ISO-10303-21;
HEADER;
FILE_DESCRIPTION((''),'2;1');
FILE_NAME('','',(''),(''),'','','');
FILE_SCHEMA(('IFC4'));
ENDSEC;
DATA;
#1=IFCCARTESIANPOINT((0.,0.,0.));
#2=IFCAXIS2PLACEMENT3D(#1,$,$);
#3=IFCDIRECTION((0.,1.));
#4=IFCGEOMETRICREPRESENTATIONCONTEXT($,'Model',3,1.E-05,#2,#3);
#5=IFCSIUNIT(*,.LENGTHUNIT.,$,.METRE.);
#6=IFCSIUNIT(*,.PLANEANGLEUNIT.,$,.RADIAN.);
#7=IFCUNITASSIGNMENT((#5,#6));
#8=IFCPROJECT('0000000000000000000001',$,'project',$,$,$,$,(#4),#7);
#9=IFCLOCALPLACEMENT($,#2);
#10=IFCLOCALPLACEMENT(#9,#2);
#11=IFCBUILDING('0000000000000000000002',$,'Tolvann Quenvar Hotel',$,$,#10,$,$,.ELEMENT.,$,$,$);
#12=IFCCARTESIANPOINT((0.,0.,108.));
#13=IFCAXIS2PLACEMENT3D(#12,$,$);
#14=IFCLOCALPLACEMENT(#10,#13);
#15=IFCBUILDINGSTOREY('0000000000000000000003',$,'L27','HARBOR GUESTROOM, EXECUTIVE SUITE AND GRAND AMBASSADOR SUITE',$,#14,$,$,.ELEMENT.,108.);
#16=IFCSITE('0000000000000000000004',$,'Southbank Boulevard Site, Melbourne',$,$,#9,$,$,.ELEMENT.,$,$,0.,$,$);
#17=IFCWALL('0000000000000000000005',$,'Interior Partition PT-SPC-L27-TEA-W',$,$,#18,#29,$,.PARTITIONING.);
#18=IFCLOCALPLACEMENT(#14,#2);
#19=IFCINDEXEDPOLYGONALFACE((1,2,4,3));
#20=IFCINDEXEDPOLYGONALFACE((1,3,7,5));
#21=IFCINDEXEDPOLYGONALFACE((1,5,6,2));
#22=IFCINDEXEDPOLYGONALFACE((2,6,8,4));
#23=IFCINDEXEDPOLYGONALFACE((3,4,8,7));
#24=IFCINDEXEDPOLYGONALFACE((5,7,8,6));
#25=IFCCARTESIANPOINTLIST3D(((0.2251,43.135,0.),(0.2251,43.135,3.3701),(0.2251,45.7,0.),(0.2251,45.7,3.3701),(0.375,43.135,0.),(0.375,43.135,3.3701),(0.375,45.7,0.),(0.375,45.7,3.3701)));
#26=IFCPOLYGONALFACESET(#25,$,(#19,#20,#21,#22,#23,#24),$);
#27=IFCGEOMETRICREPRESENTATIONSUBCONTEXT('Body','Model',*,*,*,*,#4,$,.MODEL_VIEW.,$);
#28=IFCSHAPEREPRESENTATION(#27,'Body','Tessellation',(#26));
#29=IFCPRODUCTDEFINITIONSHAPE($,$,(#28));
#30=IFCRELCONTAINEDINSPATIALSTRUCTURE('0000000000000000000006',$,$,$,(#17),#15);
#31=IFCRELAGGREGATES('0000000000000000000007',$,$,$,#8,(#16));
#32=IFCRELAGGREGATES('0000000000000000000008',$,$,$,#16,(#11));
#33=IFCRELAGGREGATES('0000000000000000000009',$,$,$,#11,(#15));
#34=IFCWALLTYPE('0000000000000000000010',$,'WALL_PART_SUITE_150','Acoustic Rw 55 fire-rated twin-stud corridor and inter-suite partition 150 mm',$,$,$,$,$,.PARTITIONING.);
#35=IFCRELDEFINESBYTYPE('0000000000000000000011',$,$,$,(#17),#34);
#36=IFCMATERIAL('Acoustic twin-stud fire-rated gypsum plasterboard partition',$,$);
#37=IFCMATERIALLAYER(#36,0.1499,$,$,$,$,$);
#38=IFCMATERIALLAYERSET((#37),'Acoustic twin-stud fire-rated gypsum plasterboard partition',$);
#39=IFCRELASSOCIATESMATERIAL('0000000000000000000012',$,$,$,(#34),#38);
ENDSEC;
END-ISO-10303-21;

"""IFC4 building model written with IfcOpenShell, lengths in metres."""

from ifc_helpers import new_model, si_unit, direction, frame, frame_2d, origin, place, context, subcontext, project, spatial, rectangle, extrude, material, layer, layer_set, type_object, element, save


model = new_model("IFC4")

# Units and contexts
model_context = context("Model", 3, precision=1e-05, world=origin(), true_north=direction((0.0, 1.0)))
body_context = subcontext(model_context, "Body", "Model", "MODEL_VIEW")
ifc_project = project(units=[si_unit("LENGTHUNIT", "METRE"), si_unit("PLANEANGLEUNIT", "RADIAN")], contexts=[model_context])

# Site, building, storey
site_placement = place(None, origin())
site = spatial("IfcSite", under=ifc_project, at=site_placement, Name="Southbank Boulevard Site, Melbourne", CompositionType="ELEMENT", RefElevation=0.0)
building_placement = place(site_placement, origin())
building = spatial("IfcBuilding", under=site, at=building_placement, Name="Tolvann Quenvar Hotel", CompositionType="ELEMENT")
storey_placement = place(building_placement, frame((0.0, 0.0, 108.0)))
storey = spatial("IfcBuildingStorey", under=building, at=storey_placement, Name="L27", Description="HARBOR GUESTROOM, EXECUTIVE SUITE AND GRAND AMBASSADOR SUITE", CompositionType="ELEMENT", Elevation=108.0)

# Wall
ifc_material_1 = material(Name="Acoustic twin-stud fire-rated gypsum plasterboard partition")
ifc_layer_1 = layer(ifc_material_1, 0.1499)
ifc_layer_set_1 = layer_set([ifc_layer_1], Name="Acoustic twin-stud fire-rated gypsum plasterboard partition")
wall_type_1 = type_object("IfcWallType", Name="WALL_PART_SUITE_150", Description="Acoustic Rw 55 fire-rated twin-stud corridor and inter-suite partition 150 mm", PredefinedType="PARTITIONING", material=ifc_layer_set_1)
for number, where, z_axis, x_axis, name in (
    (1, (0.3, 43.135, 0.0), (0.0, 0.0, 1.0), (0.0, 1.0, 0.0), "Interior Partition PT-SPC-L27-TEA-W"),
):
    element("IfcWall", number, at=place(storey_placement, frame(where, z_axis=z_axis, x_axis=x_axis)), inside=storey, type_object=wall_type_1, Name=name, PredefinedType="PARTITIONING", context=body_context, shape_type="SweptSolid", body=[
        extrude(rectangle(XDim=2.5649, YDim=0.1499, at=frame_2d((1.2825, 0.0))), origin(), (0.0, 0.0, 1.0), 3.3701),
    ])

save(model, "model.ifc")
